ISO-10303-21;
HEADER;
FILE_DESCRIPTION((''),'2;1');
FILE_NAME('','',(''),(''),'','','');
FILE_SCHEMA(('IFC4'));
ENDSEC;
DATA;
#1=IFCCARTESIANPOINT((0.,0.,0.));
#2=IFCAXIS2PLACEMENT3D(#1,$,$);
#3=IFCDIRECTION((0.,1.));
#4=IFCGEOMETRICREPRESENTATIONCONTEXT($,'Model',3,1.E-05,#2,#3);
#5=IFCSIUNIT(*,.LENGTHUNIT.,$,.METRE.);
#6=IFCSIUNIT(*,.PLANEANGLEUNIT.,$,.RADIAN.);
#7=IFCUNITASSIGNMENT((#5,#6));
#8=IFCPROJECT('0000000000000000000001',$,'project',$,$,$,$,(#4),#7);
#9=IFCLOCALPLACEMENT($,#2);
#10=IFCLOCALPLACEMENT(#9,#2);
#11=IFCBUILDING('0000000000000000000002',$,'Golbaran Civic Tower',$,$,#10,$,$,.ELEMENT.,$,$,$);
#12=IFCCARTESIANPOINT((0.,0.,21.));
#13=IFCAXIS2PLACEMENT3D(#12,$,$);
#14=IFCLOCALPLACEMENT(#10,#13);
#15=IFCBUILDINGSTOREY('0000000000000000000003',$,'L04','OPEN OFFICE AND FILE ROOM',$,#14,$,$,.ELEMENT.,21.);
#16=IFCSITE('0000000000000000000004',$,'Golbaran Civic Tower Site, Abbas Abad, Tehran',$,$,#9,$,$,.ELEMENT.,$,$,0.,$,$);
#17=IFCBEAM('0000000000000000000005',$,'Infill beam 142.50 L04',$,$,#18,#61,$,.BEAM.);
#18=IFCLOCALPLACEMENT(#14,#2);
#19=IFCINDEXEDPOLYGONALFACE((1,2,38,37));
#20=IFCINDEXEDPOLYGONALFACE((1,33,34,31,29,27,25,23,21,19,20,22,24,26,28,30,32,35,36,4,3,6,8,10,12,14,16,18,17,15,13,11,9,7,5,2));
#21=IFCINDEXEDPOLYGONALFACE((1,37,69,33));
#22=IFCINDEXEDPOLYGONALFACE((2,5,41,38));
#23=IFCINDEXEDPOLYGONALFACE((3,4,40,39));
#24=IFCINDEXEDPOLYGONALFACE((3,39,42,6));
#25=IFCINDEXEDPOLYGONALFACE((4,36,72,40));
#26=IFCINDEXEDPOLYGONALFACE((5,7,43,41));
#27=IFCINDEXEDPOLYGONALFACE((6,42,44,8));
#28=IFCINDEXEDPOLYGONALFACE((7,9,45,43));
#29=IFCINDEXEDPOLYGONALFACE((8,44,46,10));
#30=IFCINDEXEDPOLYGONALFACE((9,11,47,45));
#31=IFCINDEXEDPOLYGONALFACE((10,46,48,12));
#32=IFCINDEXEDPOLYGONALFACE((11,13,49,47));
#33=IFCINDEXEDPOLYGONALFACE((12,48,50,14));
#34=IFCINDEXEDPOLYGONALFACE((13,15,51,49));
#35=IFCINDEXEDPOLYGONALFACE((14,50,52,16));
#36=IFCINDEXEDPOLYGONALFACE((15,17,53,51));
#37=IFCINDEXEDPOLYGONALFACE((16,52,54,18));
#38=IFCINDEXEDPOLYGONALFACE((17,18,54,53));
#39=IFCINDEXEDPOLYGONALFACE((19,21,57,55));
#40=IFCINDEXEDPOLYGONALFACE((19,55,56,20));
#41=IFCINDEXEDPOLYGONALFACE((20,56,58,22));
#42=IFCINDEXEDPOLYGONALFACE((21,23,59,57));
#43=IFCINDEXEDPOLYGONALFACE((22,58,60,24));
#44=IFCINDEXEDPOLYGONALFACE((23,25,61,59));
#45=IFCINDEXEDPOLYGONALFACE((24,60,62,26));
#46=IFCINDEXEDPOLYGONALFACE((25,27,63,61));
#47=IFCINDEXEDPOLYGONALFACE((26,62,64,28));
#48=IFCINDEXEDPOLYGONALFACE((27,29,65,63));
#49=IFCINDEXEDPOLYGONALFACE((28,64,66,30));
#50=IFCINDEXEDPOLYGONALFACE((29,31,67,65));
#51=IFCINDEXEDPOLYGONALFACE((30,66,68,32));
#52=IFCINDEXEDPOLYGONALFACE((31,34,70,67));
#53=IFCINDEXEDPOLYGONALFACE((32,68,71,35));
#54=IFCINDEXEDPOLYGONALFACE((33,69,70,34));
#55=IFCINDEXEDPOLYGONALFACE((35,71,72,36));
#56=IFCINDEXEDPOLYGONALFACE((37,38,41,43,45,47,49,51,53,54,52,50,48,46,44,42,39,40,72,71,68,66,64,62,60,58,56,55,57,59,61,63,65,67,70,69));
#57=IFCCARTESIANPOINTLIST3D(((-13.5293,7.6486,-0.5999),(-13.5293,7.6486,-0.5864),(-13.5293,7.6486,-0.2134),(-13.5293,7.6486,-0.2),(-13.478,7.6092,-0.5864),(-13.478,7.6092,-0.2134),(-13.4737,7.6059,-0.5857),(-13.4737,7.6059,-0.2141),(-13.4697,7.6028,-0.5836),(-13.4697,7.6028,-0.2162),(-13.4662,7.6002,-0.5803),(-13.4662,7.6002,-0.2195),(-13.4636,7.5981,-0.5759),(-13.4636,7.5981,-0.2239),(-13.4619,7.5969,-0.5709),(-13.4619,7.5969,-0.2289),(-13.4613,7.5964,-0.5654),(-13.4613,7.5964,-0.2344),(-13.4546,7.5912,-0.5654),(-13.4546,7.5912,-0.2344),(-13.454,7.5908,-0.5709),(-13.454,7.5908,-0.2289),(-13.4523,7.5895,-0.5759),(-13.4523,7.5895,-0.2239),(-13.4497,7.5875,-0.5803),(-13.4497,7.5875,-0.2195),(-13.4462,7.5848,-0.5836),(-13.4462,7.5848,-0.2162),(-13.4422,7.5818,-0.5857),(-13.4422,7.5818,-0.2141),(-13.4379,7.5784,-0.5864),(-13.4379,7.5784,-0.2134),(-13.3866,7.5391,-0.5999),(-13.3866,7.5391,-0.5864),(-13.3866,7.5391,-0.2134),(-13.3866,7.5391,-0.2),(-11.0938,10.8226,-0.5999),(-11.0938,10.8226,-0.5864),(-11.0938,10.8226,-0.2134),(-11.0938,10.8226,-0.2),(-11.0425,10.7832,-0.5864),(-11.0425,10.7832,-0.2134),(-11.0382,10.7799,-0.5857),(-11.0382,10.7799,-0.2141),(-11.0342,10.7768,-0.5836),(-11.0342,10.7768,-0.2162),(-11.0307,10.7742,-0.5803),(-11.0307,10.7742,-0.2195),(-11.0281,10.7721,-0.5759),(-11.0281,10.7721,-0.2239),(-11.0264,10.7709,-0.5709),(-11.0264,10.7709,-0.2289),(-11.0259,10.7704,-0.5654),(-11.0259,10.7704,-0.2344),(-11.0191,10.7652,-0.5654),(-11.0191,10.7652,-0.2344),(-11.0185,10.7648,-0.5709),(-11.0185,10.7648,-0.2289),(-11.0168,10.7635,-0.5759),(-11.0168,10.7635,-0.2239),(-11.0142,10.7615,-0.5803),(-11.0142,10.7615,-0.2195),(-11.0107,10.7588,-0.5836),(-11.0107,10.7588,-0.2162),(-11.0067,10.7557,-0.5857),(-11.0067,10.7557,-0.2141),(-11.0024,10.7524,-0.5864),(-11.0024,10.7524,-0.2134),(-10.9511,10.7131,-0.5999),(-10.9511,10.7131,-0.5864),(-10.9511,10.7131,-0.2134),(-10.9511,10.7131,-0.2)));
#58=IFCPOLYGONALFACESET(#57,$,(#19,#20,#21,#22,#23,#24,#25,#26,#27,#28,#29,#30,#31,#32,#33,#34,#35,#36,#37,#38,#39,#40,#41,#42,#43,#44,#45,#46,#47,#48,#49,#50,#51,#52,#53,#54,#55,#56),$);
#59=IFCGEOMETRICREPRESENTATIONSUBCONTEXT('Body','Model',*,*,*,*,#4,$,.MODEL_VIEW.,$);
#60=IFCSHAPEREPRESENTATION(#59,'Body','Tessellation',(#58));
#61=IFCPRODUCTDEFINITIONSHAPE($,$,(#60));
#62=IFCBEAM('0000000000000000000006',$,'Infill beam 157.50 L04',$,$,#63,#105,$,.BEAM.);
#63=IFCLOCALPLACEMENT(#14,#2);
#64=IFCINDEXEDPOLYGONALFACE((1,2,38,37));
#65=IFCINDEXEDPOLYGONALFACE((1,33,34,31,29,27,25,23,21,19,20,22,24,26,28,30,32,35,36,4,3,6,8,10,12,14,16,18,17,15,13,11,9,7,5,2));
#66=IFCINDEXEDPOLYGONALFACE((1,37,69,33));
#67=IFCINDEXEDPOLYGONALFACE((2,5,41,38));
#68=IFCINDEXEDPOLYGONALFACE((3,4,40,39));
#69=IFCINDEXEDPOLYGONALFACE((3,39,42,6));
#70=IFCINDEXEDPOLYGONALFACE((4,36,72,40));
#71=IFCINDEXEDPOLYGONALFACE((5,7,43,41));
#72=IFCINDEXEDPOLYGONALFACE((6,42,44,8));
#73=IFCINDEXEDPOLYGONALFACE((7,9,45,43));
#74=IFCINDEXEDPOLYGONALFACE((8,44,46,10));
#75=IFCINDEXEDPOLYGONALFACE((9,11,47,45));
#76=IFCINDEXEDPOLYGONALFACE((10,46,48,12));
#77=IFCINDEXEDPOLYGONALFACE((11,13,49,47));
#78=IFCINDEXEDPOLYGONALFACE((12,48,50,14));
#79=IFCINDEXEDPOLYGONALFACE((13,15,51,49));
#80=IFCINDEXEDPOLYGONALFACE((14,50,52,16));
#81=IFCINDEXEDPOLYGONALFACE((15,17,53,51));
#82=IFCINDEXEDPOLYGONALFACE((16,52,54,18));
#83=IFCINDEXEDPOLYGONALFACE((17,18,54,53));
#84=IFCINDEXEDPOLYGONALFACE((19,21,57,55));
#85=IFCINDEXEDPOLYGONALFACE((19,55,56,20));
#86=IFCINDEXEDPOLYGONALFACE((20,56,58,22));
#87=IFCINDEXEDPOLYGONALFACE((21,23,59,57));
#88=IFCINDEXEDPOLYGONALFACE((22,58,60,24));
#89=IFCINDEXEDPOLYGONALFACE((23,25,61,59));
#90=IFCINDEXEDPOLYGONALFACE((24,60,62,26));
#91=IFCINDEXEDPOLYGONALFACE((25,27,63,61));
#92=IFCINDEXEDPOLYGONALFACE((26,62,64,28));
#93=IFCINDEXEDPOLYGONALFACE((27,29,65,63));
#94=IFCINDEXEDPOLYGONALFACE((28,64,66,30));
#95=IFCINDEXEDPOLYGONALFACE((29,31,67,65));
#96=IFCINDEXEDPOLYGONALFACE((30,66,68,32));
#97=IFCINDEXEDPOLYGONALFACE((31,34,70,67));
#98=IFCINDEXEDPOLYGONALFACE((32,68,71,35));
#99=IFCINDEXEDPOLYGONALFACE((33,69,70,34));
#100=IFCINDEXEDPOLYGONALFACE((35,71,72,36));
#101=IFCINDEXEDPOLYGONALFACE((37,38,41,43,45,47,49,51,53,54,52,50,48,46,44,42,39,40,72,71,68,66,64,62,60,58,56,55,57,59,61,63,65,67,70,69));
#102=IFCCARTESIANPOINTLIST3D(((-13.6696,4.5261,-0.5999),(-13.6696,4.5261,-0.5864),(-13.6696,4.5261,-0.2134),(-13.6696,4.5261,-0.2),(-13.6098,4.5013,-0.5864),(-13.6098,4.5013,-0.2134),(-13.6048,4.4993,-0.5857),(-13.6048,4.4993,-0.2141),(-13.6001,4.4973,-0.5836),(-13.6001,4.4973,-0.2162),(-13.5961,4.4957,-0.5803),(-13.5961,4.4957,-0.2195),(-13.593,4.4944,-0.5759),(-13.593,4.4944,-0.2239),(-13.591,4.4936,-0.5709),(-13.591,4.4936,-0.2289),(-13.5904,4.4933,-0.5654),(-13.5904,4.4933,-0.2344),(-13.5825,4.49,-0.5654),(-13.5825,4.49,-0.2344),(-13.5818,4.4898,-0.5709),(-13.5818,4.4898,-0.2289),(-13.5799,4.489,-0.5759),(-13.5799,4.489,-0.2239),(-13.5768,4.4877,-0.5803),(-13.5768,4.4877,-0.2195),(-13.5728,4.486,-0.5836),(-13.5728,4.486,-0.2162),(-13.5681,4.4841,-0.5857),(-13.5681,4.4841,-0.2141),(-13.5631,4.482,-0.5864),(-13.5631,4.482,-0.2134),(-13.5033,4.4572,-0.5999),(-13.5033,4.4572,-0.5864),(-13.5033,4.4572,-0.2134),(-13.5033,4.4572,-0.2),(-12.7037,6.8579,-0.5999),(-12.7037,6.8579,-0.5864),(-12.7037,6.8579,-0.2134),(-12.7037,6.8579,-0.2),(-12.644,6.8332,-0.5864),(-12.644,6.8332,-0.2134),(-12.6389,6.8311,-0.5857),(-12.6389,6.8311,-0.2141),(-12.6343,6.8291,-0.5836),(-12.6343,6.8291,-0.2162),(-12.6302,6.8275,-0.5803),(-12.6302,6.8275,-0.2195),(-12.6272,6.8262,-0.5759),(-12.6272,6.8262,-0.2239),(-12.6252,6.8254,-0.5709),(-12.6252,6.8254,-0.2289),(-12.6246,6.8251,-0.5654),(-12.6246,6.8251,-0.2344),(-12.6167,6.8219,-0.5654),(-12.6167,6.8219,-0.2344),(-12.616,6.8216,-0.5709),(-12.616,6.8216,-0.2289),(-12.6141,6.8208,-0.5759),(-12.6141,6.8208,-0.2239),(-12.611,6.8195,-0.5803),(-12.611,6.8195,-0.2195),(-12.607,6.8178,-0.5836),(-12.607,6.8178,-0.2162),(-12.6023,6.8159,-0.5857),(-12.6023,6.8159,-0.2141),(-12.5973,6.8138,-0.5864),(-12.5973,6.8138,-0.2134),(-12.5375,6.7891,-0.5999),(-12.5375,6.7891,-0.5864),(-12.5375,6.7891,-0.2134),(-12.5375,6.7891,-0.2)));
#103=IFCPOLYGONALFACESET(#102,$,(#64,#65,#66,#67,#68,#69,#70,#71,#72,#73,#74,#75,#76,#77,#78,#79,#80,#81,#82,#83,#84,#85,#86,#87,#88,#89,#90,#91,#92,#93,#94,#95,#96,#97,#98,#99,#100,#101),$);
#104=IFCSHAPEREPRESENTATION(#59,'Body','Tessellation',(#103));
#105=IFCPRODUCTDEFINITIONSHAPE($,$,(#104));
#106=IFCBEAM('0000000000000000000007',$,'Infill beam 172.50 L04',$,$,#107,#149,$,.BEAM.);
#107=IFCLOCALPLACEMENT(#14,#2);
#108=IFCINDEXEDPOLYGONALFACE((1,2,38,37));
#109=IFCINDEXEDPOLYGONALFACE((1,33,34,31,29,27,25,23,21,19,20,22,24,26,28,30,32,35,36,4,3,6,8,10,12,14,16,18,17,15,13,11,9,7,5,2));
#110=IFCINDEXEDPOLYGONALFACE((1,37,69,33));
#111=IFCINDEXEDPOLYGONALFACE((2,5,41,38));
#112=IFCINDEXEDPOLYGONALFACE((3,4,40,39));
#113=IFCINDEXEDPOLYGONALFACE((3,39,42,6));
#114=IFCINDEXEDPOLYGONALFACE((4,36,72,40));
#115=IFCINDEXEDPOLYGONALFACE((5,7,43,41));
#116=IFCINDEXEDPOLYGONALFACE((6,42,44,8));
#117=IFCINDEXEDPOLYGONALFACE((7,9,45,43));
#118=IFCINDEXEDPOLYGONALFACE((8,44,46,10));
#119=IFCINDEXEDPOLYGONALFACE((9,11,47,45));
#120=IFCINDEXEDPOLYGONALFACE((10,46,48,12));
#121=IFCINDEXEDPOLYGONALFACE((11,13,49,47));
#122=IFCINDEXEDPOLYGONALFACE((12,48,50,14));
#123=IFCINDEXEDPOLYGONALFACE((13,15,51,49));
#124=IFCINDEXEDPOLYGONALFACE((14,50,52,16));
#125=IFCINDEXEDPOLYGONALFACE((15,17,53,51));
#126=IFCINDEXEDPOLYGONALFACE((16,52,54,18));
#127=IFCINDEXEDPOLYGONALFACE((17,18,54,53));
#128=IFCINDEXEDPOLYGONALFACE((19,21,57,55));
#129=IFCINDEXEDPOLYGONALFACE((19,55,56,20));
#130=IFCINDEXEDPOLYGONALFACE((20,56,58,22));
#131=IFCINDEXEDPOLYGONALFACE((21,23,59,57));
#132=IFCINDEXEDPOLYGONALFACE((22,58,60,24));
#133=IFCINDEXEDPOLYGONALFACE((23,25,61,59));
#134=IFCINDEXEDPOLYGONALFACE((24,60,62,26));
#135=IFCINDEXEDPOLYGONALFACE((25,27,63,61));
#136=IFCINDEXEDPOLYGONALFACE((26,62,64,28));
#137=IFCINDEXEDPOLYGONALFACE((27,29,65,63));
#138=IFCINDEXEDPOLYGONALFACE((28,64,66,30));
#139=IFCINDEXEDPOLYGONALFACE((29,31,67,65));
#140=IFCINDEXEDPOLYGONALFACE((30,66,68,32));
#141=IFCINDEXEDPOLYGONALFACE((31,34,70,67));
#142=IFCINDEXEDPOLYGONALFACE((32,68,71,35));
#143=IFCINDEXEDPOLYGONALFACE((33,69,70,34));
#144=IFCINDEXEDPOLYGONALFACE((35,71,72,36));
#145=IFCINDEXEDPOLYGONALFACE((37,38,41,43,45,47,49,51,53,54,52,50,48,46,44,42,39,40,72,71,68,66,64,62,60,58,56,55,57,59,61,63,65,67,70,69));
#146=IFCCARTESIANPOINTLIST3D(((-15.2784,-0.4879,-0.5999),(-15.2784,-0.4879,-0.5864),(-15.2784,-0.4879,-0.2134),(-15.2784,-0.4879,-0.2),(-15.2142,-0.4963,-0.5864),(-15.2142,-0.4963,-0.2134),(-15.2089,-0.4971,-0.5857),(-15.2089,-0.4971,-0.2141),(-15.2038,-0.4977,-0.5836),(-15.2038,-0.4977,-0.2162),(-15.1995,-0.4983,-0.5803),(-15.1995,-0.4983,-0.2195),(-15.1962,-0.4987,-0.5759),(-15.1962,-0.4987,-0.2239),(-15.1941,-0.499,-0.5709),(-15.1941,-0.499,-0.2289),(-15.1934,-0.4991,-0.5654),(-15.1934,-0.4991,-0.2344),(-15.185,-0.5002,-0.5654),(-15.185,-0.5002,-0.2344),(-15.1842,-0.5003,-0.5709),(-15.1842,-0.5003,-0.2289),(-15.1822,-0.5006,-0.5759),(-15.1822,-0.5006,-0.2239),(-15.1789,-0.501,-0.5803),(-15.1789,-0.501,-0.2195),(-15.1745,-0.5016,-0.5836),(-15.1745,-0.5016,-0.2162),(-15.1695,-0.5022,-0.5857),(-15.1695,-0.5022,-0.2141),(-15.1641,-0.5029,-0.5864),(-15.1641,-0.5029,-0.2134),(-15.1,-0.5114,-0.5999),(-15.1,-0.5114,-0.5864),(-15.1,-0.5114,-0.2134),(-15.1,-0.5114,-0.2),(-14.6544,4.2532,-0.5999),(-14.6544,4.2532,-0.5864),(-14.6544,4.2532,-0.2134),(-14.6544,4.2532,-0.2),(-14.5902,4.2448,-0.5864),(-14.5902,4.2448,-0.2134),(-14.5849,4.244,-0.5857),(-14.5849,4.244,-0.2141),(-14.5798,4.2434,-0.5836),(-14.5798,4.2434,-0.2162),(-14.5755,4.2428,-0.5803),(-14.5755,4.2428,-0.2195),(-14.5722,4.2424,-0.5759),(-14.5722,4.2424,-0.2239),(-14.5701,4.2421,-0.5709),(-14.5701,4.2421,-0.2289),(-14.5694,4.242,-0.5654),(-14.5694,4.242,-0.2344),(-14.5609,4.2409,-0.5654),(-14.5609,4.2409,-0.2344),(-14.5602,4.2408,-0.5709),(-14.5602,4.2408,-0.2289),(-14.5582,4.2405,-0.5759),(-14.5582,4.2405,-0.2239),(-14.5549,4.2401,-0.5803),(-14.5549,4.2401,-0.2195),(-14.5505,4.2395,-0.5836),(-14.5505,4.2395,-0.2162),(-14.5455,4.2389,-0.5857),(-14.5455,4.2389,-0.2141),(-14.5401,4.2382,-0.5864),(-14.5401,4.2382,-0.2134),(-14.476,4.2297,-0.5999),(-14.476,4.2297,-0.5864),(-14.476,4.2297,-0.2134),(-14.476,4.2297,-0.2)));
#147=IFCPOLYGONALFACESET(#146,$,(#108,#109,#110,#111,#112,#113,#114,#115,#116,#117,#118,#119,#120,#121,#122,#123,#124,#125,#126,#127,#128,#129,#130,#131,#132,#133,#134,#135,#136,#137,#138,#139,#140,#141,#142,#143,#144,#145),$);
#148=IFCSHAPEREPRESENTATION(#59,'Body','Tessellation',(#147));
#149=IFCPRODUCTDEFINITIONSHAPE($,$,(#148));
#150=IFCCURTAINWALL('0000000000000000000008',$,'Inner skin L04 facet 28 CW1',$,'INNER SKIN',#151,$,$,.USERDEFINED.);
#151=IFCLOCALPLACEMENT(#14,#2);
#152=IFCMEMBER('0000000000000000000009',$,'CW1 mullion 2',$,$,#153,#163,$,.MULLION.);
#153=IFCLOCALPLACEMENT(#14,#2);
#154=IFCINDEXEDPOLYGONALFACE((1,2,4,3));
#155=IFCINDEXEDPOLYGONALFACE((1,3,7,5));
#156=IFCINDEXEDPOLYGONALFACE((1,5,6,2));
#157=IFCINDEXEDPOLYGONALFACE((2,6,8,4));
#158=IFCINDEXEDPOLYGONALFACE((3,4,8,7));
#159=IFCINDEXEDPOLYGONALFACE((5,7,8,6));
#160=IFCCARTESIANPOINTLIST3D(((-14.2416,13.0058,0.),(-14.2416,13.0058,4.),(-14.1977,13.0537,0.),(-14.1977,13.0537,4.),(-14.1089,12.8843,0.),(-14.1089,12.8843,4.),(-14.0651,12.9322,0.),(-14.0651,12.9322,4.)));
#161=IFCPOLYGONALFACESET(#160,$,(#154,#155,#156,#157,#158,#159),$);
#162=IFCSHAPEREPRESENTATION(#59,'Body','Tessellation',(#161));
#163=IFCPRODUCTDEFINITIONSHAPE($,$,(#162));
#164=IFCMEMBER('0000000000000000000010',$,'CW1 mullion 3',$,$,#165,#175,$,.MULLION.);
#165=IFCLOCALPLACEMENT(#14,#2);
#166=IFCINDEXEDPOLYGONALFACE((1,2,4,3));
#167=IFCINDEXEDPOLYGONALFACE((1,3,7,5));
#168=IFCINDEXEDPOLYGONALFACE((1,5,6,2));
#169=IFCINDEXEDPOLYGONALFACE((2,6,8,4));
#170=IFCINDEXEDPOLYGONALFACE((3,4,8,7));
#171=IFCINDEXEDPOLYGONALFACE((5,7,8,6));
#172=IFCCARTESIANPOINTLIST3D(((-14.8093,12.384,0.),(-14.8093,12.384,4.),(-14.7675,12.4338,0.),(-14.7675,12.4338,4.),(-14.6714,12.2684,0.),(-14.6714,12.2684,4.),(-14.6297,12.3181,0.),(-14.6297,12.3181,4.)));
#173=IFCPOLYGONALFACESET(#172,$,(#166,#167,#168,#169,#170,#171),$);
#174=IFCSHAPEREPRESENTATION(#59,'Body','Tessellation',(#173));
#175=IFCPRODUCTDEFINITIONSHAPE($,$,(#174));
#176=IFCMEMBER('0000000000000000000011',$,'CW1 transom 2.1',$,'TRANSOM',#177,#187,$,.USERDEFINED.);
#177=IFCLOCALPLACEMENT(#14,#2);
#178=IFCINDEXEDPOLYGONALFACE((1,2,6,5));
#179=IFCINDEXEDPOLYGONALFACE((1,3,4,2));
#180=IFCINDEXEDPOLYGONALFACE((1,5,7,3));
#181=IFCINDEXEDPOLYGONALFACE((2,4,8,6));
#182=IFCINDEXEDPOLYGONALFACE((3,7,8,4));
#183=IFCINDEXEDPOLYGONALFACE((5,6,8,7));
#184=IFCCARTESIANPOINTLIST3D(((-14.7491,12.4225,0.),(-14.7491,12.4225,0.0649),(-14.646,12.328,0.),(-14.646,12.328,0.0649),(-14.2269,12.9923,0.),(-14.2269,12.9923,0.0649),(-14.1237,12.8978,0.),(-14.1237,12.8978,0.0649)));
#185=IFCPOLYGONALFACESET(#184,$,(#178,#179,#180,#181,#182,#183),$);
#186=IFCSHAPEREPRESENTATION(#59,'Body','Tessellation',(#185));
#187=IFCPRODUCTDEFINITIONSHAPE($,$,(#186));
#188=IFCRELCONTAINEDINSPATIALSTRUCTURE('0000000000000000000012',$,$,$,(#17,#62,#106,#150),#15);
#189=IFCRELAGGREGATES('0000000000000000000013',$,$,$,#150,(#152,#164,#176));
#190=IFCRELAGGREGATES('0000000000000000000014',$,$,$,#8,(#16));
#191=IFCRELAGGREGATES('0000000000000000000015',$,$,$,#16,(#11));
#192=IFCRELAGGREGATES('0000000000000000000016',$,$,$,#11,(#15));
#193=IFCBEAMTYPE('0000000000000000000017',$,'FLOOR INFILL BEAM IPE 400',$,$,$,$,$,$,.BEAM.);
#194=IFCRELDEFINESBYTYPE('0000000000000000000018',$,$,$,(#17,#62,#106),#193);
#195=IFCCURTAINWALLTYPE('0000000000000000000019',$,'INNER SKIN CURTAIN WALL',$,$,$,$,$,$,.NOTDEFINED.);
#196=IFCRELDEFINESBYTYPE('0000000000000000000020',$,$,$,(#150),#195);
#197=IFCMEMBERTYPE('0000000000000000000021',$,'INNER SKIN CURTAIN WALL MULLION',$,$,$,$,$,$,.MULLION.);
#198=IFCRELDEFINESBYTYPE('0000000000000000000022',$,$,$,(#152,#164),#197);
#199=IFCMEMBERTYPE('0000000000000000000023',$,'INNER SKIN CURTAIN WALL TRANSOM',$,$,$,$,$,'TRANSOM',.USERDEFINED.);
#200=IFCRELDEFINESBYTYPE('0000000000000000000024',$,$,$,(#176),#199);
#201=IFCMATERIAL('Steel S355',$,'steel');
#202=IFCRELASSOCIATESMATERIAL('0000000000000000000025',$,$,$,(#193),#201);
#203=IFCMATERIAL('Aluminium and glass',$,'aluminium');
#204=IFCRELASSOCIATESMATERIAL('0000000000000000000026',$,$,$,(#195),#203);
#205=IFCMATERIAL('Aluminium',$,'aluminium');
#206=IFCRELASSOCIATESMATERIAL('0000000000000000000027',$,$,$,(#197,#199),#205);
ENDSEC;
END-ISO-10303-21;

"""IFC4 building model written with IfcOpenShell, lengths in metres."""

from ifc_helpers import new_model, si_unit, direction, frame, origin, origin_2d, place, context, subcontext, project, spatial, rectangle, i_section, extrude, material, material_profile, profile_set, type_object, element, aggregate, save


model = new_model("IFC4")

# Units and contexts
model_context = context("Model", 3, precision=1e-05, world=origin(), true_north=direction((0.0, 1.0)))
body_context = subcontext(model_context, "Body", "Model", "MODEL_VIEW")
ifc_project = project(units=[si_unit("LENGTHUNIT", "METRE"), si_unit("PLANEANGLEUNIT", "RADIAN")], contexts=[model_context])

# Site, building, storey
site_placement = place(None, origin())
site = spatial("IfcSite", under=ifc_project, at=site_placement, Name="Golbaran Civic Tower Site, Abbas Abad, Tehran", CompositionType="ELEMENT", RefElevation=0.0)
building_placement = place(site_placement, origin())
building = spatial("IfcBuilding", under=site, at=building_placement, Name="Golbaran Civic Tower", CompositionType="ELEMENT")
storey_placement = place(building_placement, frame((0.0, 0.0, 21.0)))
storey = spatial("IfcBuildingStorey", under=building, at=storey_placement, Name="L04", Description="OPEN OFFICE AND FILE ROOM", CompositionType="ELEMENT", Elevation=21.0)

# Beams
ifc_material_1 = material(Name="Steel S355", Category="steel")
ifc_material_profile_1 = material_profile(ifc_material_1, i_section(OverallWidth=0.1799, OverallDepth=0.3999, WebThickness=0.0085, FlangeThickness=0.0134, FilletRadius=0.021, at=origin_2d()), Name="IPE 400")
ifc_profile_set_1 = profile_set([ifc_material_profile_1], Name="Steel S355")
beam_type_1 = type_object("IfcBeamType", Name="FLOOR INFILL BEAM IPE 400", PredefinedType="BEAM", material=ifc_profile_set_1)
beam_1_placement = place(storey_placement, frame((-11.0225, 10.7678, -0.3999), z_axis=(-0.608761, -0.793354, 0.0), x_axis=(0.793354, -0.608761, 0.0)))
element("IfcBeam", 1, at=beam_1_placement, inside=storey, type_object=beam_type_1, Name="Infill beam 142.50 L04", PredefinedType="BEAM", context=body_context, shape_type="SweptSolid", body=[
    extrude(i_section(OverallWidth=0.1799, OverallDepth=0.3999, WebThickness=0.0085, FlangeThickness=0.0134, FilletRadius=0.021, at=origin_2d()), origin(), (0.0, 0.0, 1.0), 4.0007),
])
beam_2_placement = place(storey_placement, frame((-12.6206, 6.8235, -0.3999), z_axis=(-0.382671, -0.923885, 0.0), x_axis=(0.923885, -0.382671, 0.0)))
element("IfcBeam", 2, at=beam_2_placement, inside=storey, type_object=beam_type_1, Name="Infill beam 157.50 L04", PredefinedType="BEAM", context=body_context, shape_type="SweptSolid", body=[
    extrude(i_section(OverallWidth=0.1799, OverallDepth=0.3999, WebThickness=0.0085, FlangeThickness=0.0134, FilletRadius=0.021, at=origin_2d()), origin(), (0.0, 0.0, 1.0), 2.5239),
])
beam_3_placement = place(storey_placement, frame((-14.5652, 4.2415, -0.3999), z_axis=(-0.130491, -0.991449, 0.0), x_axis=(0.991449, -0.130491, 0.0)))
element("IfcBeam", 3, at=beam_3_placement, inside=storey, type_object=beam_type_1, Name="Infill beam 172.50 L04", PredefinedType="BEAM", context=body_context, shape_type="SweptSolid", body=[
    extrude(i_section(OverallWidth=0.1799, OverallDepth=0.3999, WebThickness=0.0085, FlangeThickness=0.0134, FilletRadius=0.021, at=origin_2d()), origin(), (0.0, 0.0, 1.0), 4.782),
])

# Curtain wall, members
ifc_material_2 = material(Name="Aluminium and glass", Category="aluminium")
curtain_wall_type = type_object("IfcCurtainWallType", Name="INNER SKIN CURTAIN WALL", PredefinedType="NOTDEFINED", material=ifc_material_2)
curtain_wall_1_placement = place(storey_placement, origin())
curtain_wall_1 = element("IfcCurtainWall", 4, at=curtain_wall_1_placement, inside=storey, type_object=curtain_wall_type, Name="Inner skin L04 facet 28 CW1", ObjectType="INNER SKIN", PredefinedType="USERDEFINED")
ifc_material_3 = material(Name="Aluminium", Category="aluminium")
ifc_material_profile_2 = material_profile(ifc_material_3, rectangle(XDim=0.1799, YDim=0.0649, at=origin_2d()), Name="INNER SKIN CURTAIN WALL MULLION")
ifc_profile_set_2 = profile_set([ifc_material_profile_2], Name="Aluminium")
member_type_1 = type_object("IfcMemberType", Name="INNER SKIN CURTAIN WALL MULLION", PredefinedType="MULLION", material=ifc_profile_set_2)
member_1_placement = place(storey_placement, frame((-14.1533, 12.969, 0.0), z_axis=(0.0, 0.0, 1.0), x_axis=(0.737277, -0.67559, 0.0)))
member_1 = element("IfcMember", 5, at=member_1_placement, type_object=member_type_1, Name="CW1 mullion 2", PredefinedType="MULLION", context=body_context, shape_type="SweptSolid", body=[
    extrude(rectangle(XDim=0.1799, YDim=0.0649, at=origin_2d()), origin(), (0.0, 0.0, 1.0), 4.0),
])
member_2_placement = place(storey_placement, frame((-14.7195, 12.3511, 0.0), z_axis=(0.0, 0.0, 1.0), x_axis=(0.766044, -0.642788, 0.0)))
member_2 = element("IfcMember", 6, at=member_2_placement, type_object=member_type_1, Name="CW1 mullion 3", PredefinedType="MULLION", context=body_context, shape_type="SweptSolid", body=[
    extrude(rectangle(XDim=0.1799, YDim=0.0649, at=origin_2d()), origin(), (0.0, 0.0, 1.0), 4.0),
])
ifc_material_profile_3 = material_profile(ifc_material_3, rectangle(XDim=0.1399, YDim=0.0649, at=origin_2d()), Name="INNER SKIN CURTAIN WALL TRANSOM")
ifc_profile_set_3 = profile_set([ifc_material_profile_3], Name="Aluminium")
member_type_2 = type_object("IfcMemberType", Name="INNER SKIN CURTAIN WALL TRANSOM", ElementType="TRANSOM", PredefinedType="USERDEFINED", material=ifc_profile_set_3)
member_3_placement = place(storey_placement, frame((-14.1753, 12.9451, 0.0325), z_axis=(-0.675639, -0.737233, 0.0), x_axis=(0.737233, -0.675639, 0.0)))
member_3 = element("IfcMember", 7, at=member_3_placement, type_object=member_type_2, Name="CW1 transom 2.1", ObjectType="TRANSOM", PredefinedType="USERDEFINED", context=body_context, shape_type="SweptSolid", body=[
    extrude(rectangle(XDim=0.1399, YDim=0.0649, at=origin_2d()), origin(), (0.0, 0.0, 1.0), 0.7729),
])

aggregate(curtain_wall_1, [member_1, member_2, member_3])

save(model, "model.ifc")
